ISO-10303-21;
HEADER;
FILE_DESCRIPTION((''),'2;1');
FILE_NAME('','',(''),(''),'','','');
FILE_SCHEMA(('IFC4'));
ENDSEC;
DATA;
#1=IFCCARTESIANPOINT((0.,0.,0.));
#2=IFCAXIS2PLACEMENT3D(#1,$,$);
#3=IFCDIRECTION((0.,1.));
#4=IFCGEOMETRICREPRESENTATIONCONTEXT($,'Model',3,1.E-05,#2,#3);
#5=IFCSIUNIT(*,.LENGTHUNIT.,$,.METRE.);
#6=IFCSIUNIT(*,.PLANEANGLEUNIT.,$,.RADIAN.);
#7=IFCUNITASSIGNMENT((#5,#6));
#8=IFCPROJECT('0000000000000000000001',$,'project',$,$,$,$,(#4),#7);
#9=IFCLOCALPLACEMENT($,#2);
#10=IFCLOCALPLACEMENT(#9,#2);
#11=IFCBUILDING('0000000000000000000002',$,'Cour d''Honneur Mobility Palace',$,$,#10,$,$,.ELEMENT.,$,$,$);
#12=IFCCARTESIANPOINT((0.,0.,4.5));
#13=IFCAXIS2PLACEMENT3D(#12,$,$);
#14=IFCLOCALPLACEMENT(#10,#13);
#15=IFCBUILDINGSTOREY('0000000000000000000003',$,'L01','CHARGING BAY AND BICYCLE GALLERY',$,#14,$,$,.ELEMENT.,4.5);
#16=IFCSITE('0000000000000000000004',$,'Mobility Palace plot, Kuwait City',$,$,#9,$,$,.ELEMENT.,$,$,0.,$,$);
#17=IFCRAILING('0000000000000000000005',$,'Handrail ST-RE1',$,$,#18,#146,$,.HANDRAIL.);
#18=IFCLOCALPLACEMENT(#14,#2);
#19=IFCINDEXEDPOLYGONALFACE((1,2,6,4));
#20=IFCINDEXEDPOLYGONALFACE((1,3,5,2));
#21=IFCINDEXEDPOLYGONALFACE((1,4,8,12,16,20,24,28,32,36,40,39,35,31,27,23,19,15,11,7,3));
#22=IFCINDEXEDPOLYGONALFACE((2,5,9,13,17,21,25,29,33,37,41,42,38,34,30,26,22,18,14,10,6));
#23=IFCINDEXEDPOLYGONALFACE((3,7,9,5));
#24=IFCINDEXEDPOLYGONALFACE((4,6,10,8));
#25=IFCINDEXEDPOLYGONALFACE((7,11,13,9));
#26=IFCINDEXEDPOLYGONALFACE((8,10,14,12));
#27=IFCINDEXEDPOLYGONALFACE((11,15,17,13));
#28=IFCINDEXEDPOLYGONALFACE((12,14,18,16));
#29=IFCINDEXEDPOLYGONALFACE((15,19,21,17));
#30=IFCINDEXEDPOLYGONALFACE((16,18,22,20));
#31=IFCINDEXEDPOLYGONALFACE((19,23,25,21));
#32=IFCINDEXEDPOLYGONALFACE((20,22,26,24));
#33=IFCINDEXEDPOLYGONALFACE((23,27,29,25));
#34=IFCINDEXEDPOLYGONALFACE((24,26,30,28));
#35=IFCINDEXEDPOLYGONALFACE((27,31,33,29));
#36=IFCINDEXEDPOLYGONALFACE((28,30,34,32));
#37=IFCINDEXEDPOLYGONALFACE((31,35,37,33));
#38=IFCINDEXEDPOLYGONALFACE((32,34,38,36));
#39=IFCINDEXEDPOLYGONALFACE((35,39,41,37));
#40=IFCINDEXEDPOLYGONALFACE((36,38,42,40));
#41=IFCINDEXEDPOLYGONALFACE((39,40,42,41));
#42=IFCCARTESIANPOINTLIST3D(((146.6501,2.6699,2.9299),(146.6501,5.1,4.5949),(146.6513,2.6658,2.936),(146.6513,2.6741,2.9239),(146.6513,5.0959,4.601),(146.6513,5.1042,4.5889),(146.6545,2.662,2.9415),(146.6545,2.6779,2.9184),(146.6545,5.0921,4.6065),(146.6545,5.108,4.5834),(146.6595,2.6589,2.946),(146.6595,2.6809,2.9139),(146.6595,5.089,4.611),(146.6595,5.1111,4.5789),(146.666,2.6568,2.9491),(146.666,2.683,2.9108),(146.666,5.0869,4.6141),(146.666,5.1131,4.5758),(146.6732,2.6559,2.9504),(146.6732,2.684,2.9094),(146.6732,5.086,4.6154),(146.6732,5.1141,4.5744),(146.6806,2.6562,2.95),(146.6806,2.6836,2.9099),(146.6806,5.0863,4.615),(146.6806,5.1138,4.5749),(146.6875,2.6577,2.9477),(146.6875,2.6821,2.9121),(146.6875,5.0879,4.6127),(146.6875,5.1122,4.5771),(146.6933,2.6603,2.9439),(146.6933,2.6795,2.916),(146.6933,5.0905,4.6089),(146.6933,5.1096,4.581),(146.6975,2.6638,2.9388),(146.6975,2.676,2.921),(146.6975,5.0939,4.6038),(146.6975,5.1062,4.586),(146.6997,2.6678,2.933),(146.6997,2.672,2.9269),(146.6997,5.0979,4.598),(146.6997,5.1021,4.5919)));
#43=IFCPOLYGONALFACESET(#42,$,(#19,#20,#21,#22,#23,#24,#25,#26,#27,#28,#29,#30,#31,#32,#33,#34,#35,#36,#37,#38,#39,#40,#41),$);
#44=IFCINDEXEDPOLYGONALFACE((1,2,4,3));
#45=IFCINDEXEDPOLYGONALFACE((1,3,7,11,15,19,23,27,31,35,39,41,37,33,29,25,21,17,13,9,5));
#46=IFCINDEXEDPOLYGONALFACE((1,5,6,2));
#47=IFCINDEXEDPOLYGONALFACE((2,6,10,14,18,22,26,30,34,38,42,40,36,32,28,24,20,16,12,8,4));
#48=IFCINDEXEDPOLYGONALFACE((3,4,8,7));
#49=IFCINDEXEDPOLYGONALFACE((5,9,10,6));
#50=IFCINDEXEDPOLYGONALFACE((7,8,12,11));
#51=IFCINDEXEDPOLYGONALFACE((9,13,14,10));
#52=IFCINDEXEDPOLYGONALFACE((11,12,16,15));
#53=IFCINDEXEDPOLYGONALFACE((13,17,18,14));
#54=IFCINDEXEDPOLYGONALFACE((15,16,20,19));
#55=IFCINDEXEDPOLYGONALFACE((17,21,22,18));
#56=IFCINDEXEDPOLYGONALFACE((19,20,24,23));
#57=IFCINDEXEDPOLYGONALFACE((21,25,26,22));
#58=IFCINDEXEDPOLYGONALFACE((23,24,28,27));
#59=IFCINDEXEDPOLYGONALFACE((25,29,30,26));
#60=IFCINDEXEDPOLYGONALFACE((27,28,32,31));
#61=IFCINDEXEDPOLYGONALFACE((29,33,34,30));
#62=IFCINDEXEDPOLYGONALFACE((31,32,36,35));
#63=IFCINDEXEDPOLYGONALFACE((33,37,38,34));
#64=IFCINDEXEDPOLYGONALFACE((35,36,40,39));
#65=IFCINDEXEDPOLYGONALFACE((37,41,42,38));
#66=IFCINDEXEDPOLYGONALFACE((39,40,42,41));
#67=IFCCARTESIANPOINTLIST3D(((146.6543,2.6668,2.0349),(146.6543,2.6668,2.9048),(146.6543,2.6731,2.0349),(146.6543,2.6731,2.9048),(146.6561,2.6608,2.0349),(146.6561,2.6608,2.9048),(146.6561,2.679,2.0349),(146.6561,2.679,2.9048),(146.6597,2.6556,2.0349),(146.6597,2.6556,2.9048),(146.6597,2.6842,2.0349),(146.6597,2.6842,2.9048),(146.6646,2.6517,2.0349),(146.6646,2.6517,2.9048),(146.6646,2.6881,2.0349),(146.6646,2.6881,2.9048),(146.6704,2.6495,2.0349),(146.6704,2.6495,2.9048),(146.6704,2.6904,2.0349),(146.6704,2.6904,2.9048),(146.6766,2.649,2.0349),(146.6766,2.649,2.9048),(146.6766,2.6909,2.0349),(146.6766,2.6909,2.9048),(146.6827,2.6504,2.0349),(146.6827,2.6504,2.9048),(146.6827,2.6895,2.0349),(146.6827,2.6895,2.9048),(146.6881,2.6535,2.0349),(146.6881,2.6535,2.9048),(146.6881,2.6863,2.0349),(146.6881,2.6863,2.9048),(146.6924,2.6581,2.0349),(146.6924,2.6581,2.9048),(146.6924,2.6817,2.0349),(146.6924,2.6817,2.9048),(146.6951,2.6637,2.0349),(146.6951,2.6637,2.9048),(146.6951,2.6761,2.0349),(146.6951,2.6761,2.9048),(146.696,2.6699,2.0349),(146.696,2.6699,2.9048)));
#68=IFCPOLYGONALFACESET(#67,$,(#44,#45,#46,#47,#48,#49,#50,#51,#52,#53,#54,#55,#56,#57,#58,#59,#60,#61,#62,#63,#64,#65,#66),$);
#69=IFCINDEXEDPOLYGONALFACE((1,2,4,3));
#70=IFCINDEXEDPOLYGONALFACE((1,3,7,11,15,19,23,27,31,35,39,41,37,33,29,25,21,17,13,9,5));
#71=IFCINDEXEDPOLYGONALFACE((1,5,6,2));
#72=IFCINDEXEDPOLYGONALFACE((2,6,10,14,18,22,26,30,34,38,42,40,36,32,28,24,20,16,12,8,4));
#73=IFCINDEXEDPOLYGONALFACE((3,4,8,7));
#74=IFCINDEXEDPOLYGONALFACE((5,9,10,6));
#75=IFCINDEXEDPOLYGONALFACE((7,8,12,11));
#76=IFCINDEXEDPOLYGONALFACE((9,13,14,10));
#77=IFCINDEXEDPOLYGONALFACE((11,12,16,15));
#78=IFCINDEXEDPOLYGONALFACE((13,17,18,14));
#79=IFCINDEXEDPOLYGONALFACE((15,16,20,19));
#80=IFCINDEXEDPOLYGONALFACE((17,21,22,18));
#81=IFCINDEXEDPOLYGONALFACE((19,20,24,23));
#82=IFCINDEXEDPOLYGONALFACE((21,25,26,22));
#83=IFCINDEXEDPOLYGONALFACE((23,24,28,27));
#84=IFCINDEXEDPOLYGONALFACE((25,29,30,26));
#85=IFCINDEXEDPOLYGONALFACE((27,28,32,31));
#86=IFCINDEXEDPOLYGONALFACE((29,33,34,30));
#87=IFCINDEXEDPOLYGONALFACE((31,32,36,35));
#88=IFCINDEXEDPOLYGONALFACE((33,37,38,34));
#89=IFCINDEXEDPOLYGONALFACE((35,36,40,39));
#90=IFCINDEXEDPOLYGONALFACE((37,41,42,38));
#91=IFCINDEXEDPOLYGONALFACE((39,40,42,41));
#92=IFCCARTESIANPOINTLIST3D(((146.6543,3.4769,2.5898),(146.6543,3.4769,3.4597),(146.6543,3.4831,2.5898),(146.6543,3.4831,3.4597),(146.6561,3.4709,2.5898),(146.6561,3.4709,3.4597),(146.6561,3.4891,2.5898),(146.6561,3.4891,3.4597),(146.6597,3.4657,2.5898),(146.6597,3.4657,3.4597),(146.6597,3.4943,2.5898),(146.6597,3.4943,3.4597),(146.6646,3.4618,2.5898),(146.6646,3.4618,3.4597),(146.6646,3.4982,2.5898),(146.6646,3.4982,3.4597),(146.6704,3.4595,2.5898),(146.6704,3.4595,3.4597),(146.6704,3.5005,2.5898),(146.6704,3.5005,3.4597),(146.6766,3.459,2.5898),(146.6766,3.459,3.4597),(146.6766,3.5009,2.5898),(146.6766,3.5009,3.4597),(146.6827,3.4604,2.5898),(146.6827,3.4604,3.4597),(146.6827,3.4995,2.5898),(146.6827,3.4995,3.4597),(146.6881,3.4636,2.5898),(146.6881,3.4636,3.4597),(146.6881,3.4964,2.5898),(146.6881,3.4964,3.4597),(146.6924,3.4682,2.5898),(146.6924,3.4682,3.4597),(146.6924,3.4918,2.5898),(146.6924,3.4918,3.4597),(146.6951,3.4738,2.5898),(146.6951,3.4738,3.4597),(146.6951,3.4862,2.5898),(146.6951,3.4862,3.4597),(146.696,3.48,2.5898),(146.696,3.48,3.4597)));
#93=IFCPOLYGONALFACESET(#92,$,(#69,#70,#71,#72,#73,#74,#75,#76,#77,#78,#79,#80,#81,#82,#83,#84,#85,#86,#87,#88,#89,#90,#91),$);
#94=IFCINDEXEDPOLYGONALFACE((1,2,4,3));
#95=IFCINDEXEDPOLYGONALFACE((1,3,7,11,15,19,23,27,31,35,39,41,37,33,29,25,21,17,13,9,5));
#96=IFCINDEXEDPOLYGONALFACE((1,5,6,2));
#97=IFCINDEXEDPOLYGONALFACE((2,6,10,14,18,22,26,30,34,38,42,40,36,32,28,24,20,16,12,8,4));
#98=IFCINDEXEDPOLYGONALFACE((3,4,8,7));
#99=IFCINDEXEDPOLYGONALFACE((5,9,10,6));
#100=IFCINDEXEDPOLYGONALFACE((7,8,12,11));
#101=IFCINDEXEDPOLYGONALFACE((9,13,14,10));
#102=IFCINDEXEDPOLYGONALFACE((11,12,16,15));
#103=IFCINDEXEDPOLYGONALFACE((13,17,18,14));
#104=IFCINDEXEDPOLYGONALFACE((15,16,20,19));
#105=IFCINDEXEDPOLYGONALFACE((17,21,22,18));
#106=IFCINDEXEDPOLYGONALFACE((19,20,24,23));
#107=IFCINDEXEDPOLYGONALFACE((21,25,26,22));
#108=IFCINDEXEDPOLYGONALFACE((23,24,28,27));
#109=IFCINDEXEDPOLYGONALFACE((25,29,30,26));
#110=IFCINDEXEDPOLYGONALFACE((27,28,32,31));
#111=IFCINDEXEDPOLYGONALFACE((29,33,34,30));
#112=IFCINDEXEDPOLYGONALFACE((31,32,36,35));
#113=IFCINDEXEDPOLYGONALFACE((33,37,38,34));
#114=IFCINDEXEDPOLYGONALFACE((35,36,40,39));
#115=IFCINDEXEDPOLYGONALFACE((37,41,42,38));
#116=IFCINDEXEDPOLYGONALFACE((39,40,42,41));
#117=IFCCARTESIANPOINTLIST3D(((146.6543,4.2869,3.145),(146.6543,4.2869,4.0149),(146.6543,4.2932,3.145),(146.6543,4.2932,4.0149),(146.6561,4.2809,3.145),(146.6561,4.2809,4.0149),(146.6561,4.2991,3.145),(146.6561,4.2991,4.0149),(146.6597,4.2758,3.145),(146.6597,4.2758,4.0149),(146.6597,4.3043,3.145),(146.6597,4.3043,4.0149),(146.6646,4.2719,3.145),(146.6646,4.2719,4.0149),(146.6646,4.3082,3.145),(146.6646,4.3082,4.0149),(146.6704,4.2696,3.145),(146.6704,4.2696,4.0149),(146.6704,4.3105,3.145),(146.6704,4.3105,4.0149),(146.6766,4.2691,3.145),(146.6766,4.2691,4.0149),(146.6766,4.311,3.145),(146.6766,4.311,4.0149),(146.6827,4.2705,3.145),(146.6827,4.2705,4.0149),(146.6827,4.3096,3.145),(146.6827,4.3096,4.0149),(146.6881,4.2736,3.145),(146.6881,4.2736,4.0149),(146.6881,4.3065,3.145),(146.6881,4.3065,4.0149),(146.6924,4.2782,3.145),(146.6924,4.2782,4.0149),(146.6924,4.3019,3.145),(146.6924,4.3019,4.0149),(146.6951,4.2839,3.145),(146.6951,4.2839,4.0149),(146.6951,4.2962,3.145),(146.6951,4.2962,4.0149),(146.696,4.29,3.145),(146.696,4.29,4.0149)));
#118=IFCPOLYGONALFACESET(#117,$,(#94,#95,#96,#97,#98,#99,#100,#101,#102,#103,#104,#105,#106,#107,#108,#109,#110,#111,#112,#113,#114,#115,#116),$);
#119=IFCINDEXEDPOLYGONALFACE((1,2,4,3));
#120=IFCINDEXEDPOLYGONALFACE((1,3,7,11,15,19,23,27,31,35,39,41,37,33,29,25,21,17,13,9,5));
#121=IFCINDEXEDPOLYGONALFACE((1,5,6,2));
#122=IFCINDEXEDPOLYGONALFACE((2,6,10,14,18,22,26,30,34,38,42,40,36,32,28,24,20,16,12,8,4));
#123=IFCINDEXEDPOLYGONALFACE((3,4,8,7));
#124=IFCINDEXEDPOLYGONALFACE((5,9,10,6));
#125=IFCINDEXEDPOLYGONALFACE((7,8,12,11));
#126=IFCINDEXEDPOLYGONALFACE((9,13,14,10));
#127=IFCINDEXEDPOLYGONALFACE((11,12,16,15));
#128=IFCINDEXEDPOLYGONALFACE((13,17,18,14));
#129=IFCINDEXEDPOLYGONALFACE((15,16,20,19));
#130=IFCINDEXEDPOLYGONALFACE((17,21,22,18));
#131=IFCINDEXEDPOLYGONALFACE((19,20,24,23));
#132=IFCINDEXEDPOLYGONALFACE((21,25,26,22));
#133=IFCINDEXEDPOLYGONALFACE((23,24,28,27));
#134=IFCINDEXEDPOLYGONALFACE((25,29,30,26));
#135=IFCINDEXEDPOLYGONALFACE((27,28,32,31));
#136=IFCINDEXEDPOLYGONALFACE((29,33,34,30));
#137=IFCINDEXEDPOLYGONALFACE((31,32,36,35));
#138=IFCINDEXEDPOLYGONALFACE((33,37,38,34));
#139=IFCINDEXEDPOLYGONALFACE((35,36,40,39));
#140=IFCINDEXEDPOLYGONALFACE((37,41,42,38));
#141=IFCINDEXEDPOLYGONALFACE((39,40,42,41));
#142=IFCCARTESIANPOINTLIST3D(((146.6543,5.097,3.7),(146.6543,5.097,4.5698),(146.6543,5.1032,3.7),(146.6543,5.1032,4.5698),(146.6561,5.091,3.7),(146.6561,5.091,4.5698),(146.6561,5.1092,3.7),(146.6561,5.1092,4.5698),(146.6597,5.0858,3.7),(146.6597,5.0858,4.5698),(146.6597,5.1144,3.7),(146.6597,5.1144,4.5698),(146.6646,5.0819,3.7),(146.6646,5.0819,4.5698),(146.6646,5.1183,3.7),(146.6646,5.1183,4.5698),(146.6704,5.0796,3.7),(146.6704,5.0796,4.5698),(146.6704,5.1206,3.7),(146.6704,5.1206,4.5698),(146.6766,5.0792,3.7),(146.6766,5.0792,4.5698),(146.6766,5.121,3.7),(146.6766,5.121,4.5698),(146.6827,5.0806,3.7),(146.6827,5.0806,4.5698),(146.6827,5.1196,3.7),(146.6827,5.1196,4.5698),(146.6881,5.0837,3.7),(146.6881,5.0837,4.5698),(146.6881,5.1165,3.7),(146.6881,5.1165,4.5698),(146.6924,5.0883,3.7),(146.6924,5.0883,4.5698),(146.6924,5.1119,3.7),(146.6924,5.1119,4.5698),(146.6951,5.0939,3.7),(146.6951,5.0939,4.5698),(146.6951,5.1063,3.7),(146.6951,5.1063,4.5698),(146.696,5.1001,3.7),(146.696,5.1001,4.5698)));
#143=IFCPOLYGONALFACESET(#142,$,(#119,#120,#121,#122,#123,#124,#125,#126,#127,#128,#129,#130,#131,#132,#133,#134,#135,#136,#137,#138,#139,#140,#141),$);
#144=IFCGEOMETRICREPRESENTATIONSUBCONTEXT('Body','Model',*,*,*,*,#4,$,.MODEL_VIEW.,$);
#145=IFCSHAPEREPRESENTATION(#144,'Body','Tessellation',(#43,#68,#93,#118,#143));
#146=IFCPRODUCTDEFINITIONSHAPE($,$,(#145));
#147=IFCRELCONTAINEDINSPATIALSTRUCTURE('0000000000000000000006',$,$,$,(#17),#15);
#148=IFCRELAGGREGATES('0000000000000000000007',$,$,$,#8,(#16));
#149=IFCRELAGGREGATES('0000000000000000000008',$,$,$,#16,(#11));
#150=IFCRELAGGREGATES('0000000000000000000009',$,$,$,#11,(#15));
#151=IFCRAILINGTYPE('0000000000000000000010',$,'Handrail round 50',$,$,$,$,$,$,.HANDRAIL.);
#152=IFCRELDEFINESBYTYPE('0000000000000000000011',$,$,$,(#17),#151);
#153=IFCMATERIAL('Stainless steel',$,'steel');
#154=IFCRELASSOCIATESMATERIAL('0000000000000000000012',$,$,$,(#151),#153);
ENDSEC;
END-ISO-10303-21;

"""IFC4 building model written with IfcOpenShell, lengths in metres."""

from ifc_helpers import new_model, si_unit, direction, frame, origin, origin_2d, place, context, subcontext, project, spatial, circle, extrude, material, type_object, element, save


model = new_model("IFC4")

# Units and contexts
model_context = context("Model", 3, precision=1e-05, world=origin(), true_north=direction((0.0, 1.0)))
body_context = subcontext(model_context, "Body", "Model", "MODEL_VIEW")
ifc_project = project(units=[si_unit("LENGTHUNIT", "METRE"), si_unit("PLANEANGLEUNIT", "RADIAN")], contexts=[model_context])

# Site, building, storey
site_placement = place(None, origin())
site = spatial("IfcSite", under=ifc_project, at=site_placement, Name="Mobility Palace plot, Kuwait City", CompositionType="ELEMENT", RefElevation=0.0)
building_placement = place(site_placement, origin())
building = spatial("IfcBuilding", under=site, at=building_placement, Name="Cour d'Honneur Mobility Palace", CompositionType="ELEMENT")
storey_placement = place(building_placement, frame((0.0, 0.0, 4.5)))
storey = spatial("IfcBuildingStorey", under=building, at=storey_placement, Name="L01", Description="CHARGING BAY AND BICYCLE GALLERY", CompositionType="ELEMENT", Elevation=4.5)

# Railing
ifc_material_1 = material(Name="Stainless steel", Category="steel")
railing_type_1 = type_object("IfcRailingType", Name="Handrail round 50", PredefinedType="HANDRAIL", material=ifc_material_1)
for number, where, name in (
    (1, (146.675, 2.6699, 2.0349), "Handrail ST-RE1"),
):
    element("IfcRailing", number, at=place(storey_placement, frame(where)), inside=storey, type_object=railing_type_1, Name=name, PredefinedType="HANDRAIL", context=body_context, shape_type="SweptSolid", body=[
        extrude(circle(Radius=0.0249, at=origin_2d()), frame((0.0, 0.0, 0.895), z_axis=(0.0, 0.824945, 0.565213), x_axis=(-1.0, 0.0, 0.0)), (0.0, 0.0, 1.0), 2.9458),
        extrude(circle(Radius=0.021, at=origin_2d()), origin(), (0.0, 0.0, 1.0), 0.8699),
        extrude(circle(Radius=0.021, at=origin_2d()), frame((0.0, 0.8101, 0.5549)), (0.0, 0.0, 1.0), 0.8699),
        extrude(circle(Radius=0.021, at=origin_2d()), frame((0.0, 1.6201, 1.1101)), (0.0, 0.0, 1.0), 0.8699),
        extrude(circle(Radius=0.021, at=origin_2d()), frame((0.0, 2.4302, 1.665)), (0.0, 0.0, 1.0), 0.8699),
    ])

save(model, "model.ifc")
